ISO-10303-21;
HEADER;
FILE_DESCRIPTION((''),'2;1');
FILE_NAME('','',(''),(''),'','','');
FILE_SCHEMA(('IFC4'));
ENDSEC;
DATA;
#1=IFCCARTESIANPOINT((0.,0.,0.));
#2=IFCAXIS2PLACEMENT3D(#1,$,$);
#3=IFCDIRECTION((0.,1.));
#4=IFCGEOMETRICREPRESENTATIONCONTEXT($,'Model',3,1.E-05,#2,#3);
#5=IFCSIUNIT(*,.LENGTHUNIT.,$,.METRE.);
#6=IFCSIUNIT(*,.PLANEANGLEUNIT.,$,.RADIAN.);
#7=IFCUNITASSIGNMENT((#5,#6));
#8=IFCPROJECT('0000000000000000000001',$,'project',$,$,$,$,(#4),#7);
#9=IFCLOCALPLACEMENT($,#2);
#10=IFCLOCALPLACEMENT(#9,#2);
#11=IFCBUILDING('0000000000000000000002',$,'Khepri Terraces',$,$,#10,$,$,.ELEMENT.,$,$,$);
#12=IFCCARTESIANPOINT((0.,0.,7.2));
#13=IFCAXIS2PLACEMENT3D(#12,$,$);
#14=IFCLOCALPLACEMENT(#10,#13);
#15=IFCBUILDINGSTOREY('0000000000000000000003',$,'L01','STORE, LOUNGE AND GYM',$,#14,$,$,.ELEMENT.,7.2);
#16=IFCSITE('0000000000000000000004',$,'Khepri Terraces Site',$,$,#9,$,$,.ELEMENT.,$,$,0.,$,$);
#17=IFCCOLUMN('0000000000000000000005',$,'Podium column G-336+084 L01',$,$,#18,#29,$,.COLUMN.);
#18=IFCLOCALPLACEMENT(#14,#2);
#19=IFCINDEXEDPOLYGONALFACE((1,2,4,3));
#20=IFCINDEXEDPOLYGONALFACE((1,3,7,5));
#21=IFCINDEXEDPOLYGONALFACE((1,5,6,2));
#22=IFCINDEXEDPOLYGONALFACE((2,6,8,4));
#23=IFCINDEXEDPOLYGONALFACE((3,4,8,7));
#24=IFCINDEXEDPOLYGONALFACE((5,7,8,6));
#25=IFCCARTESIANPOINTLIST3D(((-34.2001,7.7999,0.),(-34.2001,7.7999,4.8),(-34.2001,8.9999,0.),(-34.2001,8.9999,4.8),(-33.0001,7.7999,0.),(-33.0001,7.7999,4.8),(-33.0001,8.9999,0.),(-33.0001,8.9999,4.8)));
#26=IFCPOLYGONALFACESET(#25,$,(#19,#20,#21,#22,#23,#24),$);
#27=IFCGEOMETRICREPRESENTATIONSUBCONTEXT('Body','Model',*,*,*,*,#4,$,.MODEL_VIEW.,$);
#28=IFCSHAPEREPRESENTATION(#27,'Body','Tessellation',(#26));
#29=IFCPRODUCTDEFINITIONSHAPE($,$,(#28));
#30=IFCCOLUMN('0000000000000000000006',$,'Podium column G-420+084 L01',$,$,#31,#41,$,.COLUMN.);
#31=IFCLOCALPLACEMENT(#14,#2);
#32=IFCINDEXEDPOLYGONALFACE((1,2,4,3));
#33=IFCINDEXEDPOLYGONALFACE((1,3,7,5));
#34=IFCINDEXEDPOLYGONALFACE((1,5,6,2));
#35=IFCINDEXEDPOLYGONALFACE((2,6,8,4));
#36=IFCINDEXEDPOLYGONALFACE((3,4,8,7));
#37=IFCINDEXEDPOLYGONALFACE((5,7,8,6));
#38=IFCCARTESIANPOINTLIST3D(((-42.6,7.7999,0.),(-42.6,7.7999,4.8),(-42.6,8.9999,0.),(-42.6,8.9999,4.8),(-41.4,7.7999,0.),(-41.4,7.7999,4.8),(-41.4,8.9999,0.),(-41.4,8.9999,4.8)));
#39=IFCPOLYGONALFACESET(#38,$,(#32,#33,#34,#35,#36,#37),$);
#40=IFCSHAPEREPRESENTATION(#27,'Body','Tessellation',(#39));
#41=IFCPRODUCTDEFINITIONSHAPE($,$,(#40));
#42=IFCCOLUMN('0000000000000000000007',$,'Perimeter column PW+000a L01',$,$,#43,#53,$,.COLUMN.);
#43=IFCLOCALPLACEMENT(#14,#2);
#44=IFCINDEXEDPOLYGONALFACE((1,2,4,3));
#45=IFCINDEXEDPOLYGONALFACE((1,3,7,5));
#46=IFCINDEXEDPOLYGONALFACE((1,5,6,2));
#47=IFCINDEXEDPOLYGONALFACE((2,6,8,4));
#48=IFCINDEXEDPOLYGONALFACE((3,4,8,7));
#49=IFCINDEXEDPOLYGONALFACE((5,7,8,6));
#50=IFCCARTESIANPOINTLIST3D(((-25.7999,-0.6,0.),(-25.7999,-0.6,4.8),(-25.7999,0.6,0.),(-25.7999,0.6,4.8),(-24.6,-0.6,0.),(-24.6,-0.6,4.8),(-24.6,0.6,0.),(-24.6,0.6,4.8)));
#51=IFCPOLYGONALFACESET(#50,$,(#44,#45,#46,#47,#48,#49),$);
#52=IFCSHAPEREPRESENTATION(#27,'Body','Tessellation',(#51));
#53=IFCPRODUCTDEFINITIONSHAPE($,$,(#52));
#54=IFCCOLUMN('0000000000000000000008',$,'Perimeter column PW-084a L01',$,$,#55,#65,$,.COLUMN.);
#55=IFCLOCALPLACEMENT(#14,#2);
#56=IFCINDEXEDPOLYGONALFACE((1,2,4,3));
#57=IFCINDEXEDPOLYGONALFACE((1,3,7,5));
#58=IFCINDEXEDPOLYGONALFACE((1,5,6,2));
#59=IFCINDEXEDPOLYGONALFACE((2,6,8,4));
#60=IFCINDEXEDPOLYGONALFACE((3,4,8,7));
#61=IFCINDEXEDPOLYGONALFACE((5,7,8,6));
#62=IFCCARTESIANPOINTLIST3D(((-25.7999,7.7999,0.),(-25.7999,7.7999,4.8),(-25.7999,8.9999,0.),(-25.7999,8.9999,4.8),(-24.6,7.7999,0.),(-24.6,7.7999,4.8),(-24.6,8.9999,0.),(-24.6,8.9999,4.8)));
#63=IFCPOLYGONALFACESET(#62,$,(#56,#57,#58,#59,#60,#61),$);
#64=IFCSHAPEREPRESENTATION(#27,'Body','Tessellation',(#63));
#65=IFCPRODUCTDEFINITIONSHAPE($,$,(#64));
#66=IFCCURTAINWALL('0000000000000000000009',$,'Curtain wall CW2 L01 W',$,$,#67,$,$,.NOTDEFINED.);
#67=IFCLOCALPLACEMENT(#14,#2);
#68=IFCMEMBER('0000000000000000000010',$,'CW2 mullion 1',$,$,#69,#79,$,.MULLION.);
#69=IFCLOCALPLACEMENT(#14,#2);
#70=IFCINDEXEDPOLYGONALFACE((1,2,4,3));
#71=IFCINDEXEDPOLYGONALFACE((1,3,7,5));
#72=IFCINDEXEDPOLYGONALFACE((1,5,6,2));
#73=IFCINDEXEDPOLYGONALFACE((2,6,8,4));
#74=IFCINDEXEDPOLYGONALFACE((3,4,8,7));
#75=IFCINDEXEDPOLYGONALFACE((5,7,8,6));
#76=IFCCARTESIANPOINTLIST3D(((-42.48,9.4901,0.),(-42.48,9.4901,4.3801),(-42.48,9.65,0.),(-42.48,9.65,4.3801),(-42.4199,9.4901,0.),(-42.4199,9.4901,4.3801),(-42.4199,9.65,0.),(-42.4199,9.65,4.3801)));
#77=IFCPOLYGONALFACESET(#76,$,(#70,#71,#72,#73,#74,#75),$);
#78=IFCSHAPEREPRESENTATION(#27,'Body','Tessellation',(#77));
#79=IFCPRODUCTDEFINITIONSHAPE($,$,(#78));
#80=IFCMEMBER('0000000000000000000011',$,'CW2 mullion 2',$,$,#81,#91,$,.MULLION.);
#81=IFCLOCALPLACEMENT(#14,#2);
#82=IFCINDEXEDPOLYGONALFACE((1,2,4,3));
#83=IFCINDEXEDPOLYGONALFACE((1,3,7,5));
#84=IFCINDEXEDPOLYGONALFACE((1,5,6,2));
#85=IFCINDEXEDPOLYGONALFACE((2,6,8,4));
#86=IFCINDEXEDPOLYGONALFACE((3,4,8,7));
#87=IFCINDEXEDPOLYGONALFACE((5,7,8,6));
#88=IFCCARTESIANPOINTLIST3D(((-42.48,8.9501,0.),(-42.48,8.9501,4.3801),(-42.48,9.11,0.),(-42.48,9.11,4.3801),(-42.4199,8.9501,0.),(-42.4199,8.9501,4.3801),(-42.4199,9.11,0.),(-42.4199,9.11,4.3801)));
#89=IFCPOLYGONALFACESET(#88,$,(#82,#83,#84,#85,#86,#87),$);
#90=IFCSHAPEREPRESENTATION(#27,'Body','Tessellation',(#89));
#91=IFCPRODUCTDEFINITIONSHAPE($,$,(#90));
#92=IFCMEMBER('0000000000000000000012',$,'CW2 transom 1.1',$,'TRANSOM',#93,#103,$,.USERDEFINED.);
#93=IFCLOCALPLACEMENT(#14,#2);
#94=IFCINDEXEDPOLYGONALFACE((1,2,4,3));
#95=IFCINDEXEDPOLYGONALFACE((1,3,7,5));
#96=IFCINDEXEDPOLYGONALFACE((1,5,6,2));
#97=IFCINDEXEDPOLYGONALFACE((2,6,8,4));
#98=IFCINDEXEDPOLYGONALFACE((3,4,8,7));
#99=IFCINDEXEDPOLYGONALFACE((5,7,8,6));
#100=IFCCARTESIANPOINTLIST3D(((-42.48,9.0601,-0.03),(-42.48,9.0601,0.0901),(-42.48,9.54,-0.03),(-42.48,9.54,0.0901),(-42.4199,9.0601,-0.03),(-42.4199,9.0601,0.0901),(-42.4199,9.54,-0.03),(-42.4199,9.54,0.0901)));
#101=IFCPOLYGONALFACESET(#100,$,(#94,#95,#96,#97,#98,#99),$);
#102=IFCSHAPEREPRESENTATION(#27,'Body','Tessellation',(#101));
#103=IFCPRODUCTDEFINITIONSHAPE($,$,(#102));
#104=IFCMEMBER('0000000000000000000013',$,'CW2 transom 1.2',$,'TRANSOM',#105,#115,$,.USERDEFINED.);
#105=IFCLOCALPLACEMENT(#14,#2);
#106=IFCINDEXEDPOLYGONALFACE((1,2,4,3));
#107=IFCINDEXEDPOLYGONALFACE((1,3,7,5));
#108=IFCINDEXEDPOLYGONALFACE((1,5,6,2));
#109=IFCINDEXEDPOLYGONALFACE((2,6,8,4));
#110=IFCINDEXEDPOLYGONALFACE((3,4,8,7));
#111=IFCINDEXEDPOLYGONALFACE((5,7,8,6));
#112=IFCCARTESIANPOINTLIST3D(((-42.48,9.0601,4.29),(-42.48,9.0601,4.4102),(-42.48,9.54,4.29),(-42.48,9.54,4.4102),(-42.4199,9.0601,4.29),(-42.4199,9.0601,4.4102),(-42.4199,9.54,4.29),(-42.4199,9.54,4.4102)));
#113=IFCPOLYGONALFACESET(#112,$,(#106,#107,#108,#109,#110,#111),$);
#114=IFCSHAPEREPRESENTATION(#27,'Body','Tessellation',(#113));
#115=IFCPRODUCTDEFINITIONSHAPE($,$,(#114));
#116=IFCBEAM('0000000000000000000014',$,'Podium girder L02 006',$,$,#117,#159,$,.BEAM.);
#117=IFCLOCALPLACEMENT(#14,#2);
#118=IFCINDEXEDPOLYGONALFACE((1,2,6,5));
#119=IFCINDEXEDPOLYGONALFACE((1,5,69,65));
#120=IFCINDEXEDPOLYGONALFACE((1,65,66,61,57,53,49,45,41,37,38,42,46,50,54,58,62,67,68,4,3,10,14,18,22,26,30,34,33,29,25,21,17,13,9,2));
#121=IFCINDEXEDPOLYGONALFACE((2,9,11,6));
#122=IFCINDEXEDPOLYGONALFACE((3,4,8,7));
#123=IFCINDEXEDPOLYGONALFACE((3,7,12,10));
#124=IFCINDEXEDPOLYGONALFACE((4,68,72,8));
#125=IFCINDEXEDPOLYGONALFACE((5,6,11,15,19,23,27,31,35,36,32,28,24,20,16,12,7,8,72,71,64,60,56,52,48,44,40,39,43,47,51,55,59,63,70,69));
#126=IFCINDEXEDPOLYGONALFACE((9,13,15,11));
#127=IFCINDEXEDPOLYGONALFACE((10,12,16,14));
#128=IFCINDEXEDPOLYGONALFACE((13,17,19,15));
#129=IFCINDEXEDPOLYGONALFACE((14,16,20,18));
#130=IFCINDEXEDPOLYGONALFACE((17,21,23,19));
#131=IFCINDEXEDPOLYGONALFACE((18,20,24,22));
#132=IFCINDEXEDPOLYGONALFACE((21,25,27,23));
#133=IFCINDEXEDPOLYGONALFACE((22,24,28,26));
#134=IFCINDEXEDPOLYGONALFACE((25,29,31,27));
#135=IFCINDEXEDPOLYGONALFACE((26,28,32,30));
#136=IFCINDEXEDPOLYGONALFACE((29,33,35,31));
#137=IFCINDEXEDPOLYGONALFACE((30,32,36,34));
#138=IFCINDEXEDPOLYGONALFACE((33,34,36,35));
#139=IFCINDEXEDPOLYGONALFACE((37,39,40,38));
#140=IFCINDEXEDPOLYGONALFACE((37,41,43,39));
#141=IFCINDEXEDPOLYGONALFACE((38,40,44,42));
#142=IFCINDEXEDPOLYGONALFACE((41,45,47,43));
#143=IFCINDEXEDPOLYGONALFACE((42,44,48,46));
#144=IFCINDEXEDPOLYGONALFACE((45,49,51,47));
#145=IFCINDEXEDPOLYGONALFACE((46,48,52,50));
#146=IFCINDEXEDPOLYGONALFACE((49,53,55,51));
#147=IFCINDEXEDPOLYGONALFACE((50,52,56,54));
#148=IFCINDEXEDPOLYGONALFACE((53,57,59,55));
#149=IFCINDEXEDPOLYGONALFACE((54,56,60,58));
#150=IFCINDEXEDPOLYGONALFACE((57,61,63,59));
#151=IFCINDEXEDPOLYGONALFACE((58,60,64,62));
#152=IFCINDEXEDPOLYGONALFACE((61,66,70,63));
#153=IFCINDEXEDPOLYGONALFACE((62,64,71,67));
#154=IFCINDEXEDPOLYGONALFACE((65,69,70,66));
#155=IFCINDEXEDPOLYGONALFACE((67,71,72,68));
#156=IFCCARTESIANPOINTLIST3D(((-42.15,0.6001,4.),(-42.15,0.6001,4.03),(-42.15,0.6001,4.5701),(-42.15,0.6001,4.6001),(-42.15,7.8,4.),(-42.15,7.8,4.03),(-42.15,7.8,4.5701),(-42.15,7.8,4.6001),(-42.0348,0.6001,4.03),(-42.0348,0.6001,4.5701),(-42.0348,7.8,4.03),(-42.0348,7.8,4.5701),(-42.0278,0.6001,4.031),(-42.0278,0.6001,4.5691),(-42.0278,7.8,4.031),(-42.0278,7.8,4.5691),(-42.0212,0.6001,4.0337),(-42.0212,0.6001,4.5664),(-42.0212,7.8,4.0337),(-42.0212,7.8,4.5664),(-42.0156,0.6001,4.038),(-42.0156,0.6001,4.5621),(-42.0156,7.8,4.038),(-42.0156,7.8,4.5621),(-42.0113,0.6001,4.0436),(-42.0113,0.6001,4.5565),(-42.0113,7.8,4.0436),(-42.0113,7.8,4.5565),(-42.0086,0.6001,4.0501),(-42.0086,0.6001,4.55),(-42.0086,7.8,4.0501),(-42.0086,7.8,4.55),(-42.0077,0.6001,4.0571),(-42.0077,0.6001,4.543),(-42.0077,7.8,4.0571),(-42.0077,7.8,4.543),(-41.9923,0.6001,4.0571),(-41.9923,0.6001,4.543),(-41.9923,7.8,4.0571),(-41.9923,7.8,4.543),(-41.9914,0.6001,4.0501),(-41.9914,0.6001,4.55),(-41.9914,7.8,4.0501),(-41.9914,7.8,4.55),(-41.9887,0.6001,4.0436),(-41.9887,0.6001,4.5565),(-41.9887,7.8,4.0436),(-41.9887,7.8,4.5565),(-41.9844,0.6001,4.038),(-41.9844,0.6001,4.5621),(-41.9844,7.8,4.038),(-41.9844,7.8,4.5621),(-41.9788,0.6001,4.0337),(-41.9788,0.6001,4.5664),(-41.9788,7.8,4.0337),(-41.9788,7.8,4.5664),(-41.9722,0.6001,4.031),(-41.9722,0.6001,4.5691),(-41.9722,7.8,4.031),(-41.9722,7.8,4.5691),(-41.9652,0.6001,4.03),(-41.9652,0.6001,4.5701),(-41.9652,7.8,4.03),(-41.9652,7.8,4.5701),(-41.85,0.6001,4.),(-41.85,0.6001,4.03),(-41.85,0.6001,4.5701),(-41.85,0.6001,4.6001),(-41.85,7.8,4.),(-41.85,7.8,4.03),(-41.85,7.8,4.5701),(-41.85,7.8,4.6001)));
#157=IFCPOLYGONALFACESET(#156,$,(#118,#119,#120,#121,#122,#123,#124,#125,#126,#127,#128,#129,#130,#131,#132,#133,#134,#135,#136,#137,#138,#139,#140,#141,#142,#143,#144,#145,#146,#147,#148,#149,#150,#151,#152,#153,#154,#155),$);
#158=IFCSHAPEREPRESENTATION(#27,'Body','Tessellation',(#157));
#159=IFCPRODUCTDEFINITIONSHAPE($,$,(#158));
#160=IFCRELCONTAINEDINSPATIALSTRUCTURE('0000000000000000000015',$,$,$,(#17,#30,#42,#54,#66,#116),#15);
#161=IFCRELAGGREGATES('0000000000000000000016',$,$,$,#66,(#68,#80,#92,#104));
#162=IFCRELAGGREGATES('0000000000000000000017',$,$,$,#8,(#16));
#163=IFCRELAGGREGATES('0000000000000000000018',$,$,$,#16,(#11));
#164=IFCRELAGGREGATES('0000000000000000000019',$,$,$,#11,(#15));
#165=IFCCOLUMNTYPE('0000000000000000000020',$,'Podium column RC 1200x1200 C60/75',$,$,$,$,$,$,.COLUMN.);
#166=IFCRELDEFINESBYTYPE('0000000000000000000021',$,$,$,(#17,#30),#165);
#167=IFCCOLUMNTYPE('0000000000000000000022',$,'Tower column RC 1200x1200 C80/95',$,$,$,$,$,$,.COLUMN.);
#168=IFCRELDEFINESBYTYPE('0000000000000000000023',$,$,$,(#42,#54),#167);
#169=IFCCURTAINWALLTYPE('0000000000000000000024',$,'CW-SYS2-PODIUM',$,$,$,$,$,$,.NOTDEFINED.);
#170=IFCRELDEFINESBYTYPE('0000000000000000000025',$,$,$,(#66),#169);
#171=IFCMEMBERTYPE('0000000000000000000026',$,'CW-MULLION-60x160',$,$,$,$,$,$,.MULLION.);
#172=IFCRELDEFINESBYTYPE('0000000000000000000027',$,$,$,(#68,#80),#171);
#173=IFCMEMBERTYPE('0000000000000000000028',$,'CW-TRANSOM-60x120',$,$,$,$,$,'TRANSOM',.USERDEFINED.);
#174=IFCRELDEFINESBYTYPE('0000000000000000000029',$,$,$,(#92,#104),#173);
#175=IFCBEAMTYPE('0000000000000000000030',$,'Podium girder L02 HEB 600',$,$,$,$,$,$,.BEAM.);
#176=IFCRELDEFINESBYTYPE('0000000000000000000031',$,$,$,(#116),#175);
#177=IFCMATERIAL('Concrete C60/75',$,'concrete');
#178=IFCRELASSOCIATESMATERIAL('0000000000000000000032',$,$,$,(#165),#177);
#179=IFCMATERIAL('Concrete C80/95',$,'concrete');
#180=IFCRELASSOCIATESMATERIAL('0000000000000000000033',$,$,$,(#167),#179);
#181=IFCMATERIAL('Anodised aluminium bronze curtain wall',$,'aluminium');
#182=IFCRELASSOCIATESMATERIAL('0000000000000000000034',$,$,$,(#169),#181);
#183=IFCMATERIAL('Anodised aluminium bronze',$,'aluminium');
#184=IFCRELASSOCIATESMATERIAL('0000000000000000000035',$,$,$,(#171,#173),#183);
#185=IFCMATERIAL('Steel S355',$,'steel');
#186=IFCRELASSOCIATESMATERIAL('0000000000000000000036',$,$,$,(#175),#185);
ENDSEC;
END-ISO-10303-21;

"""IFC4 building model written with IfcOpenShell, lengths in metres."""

from ifc_helpers import new_model, si_unit, direction, frame, origin, origin_2d, place, context, subcontext, project, spatial, rectangle, i_section, extrude, material, material_profile, profile_set, type_object, element, aggregate, save


model = new_model("IFC4")

# Units and contexts
model_context = context("Model", 3, precision=1e-05, world=origin(), true_north=direction((0.0, 1.0)))
body_context = subcontext(model_context, "Body", "Model", "MODEL_VIEW")
ifc_project = project(units=[si_unit("LENGTHUNIT", "METRE"), si_unit("PLANEANGLEUNIT", "RADIAN")], contexts=[model_context])

# Site, building, storey
site_placement = place(None, origin())
site = spatial("IfcSite", under=ifc_project, at=site_placement, Name="Khepri Terraces Site", CompositionType="ELEMENT", RefElevation=0.0)
building_placement = place(site_placement, origin())
building = spatial("IfcBuilding", under=site, at=building_placement, Name="Khepri Terraces", CompositionType="ELEMENT")
storey_placement = place(building_placement, frame((0.0, 0.0, 7.2)))
storey = spatial("IfcBuildingStorey", under=building, at=storey_placement, Name="L01", Description="STORE, LOUNGE AND GYM", CompositionType="ELEMENT", Elevation=7.2)

# Columns
ifc_material_1 = material(Name="Concrete C60/75", Category="concrete")
ifc_material_profile_1 = material_profile(ifc_material_1, rectangle(XDim=1.2, YDim=1.2, at=origin_2d()), Name="Concrete C60/75", Category="concrete")
ifc_profile_set_1 = profile_set([ifc_material_profile_1], Name="Concrete C60/75")
column_type_1 = type_object("IfcColumnType", Name="Podium column RC 1200x1200 C60/75", PredefinedType="COLUMN", material=ifc_profile_set_1)
for number, where, z_axis, x_axis, name in (
    (1, (-33.6001, 8.3999, 0.0), (0.0, 0.0, 1.0), (1.0, 0.0, 0.0), "Podium column G-336+084 L01"),
    (2, (-42.0, 8.3999, 0.0), (0.0, 0.0, 1.0), (1.0, 0.0, 0.0), "Podium column G-420+084 L01"),
):
    element("IfcColumn", number, at=place(storey_placement, frame(where, z_axis=z_axis, x_axis=x_axis)), inside=storey, type_object=column_type_1, Name=name, PredefinedType="COLUMN", context=body_context, shape_type="SweptSolid", body=[
        extrude(rectangle(XDim=1.2, YDim=1.2, at=origin_2d()), origin(), (0.0, 0.0, 1.0), 4.8),
    ])
ifc_material_2 = material(Name="Concrete C80/95", Category="concrete")
ifc_material_profile_2 = material_profile(ifc_material_2, rectangle(XDim=1.2, YDim=1.2, at=origin_2d()), Name="Concrete C80/95", Category="concrete")
ifc_profile_set_2 = profile_set([ifc_material_profile_2], Name="Concrete C80/95")
column_type_2 = type_object("IfcColumnType", Name="Tower column RC 1200x1200 C80/95", PredefinedType="COLUMN", material=ifc_profile_set_2)
for number, where, z_axis, x_axis, name in (
    (3, (-25.2, 0.0, 0.0), (0.0, 0.0, 1.0), (1.0, 0.0, 0.0), "Perimeter column PW+000a L01"),
    (4, (-25.2, 8.3999, 0.0), (0.0, 0.0, 1.0), (1.0, 0.0, 0.0), "Perimeter column PW-084a L01"),
):
    element("IfcColumn", number, at=place(storey_placement, frame(where, z_axis=z_axis, x_axis=x_axis)), inside=storey, type_object=column_type_2, Name=name, PredefinedType="COLUMN", context=body_context, shape_type="SweptSolid", body=[
        extrude(rectangle(XDim=1.2, YDim=1.2, at=origin_2d()), origin(), (0.0, 0.0, 1.0), 4.8),
    ])

# Curtain wall, members
ifc_material_3 = material(Name="Anodised aluminium bronze curtain wall", Category="aluminium")
curtain_wall_type = type_object("IfcCurtainWallType", Name="CW-SYS2-PODIUM", PredefinedType="NOTDEFINED", material=ifc_material_3)
curtain_wall_placement = place(storey_placement, origin())
curtain_wall = element("IfcCurtainWall", 5, at=curtain_wall_placement, inside=storey, type_object=curtain_wall_type, Name="Curtain wall CW2 L01 W", PredefinedType="NOTDEFINED")
ifc_material_4 = material(Name="Anodised aluminium bronze", Category="aluminium")
ifc_material_profile_3 = material_profile(ifc_material_4, rectangle(XDim=0.0601, YDim=0.1599, at=origin_2d()), Name="Anodised aluminium bronze", Category="aluminium")
ifc_profile_set_3 = profile_set([ifc_material_profile_3], Name="Anodised aluminium bronze")
member_type_1 = type_object("IfcMemberType", Name="CW-MULLION-60x160", PredefinedType="MULLION", material=ifc_profile_set_3)
member_1_placement = place(storey_placement, frame((-42.45, 9.5701, 0.0), z_axis=(0.0, 0.0, 1.0), x_axis=(1.0, 0.0, 0.0)))
member_1 = element("IfcMember", 6, at=member_1_placement, type_object=member_type_1, Name="CW2 mullion 1", PredefinedType="MULLION", context=body_context, shape_type="SweptSolid", body=[
    extrude(rectangle(XDim=0.0601, YDim=0.1599, at=origin_2d()), origin(), (0.0, 0.0, 1.0), 4.3801),
])
member_2_placement = place(storey_placement, frame((-42.45, 9.03, 0.0), z_axis=(0.0, 0.0, 1.0), x_axis=(1.0, 0.0, 0.0)))
member_2 = element("IfcMember", 7, at=member_2_placement, type_object=member_type_1, Name="CW2 mullion 2", PredefinedType="MULLION", context=body_context, shape_type="SweptSolid", body=[
    extrude(rectangle(XDim=0.0601, YDim=0.1599, at=origin_2d()), origin(), (0.0, 0.0, 1.0), 4.3801),
])
ifc_material_profile_4 = material_profile(ifc_material_4, rectangle(XDim=0.0601, YDim=0.1201, at=origin_2d()), Name="Anodised aluminium bronze", Category="aluminium")
ifc_profile_set_4 = profile_set([ifc_material_profile_4], Name="Anodised aluminium bronze")
member_type_2 = type_object("IfcMemberType", Name="CW-TRANSOM-60x120", ElementType="TRANSOM", PredefinedType="USERDEFINED", material=ifc_profile_set_4)
member_3_placement = place(storey_placement, frame((-42.45, 9.54, 0.03), z_axis=(0.0, -1.0, 0.0), x_axis=(1.0, 0.0, 0.0)))
member_3 = element("IfcMember", 8, at=member_3_placement, type_object=member_type_2, Name="CW2 transom 1.1", ObjectType="TRANSOM", PredefinedType="USERDEFINED", context=body_context, shape_type="SweptSolid", body=[
    extrude(rectangle(XDim=0.0601, YDim=0.1201, at=origin_2d()), origin(), (0.0, 0.0, 1.0), 0.48),
])
member_4_placement = place(storey_placement, frame((-42.45, 9.54, 4.3501), z_axis=(0.0, -1.0, 0.0), x_axis=(1.0, 0.0, 0.0)))
member_4 = element("IfcMember", 9, at=member_4_placement, type_object=member_type_2, Name="CW2 transom 1.2", ObjectType="TRANSOM", PredefinedType="USERDEFINED", context=body_context, shape_type="SweptSolid", body=[
    extrude(rectangle(XDim=0.0601, YDim=0.1201, at=origin_2d()), origin(), (0.0, 0.0, 1.0), 0.48),
])

# Beam
ifc_material_5 = material(Name="Steel S355", Category="steel")
ifc_material_profile_5 = material_profile(ifc_material_5, i_section(OverallWidth=0.3, OverallDepth=0.6001, WebThickness=0.0154, FlangeThickness=0.03, FilletRadius=0.0271, at=origin_2d()), Name="Steel S355", Category="steel")
ifc_profile_set_5 = profile_set([ifc_material_profile_5], Name="Steel S355")
beam_type_1 = type_object("IfcBeamType", Name="Podium girder L02 HEB 600", PredefinedType="BEAM", material=ifc_profile_set_5)
for number, where, z_axis, x_axis, name in (
    (10, (-42.0, 0.6001, 4.3), (0.0, 1.0, 0.0), (-1.0, 0.0, 0.0), "Podium girder L02 006"),
):
    element("IfcBeam", number, at=place(storey_placement, frame(where, z_axis=z_axis, x_axis=x_axis)), inside=storey, type_object=beam_type_1, Name=name, PredefinedType="BEAM", context=body_context, shape_type="SweptSolid", body=[
        extrude(i_section(OverallWidth=0.3, OverallDepth=0.6001, WebThickness=0.0154, FlangeThickness=0.03, FilletRadius=0.0271, at=origin_2d()), origin(), (0.0, 0.0, 1.0), 7.2),
    ])

aggregate(curtain_wall, [member_1, member_2, member_3, member_4])

save(model, "model.ifc")
